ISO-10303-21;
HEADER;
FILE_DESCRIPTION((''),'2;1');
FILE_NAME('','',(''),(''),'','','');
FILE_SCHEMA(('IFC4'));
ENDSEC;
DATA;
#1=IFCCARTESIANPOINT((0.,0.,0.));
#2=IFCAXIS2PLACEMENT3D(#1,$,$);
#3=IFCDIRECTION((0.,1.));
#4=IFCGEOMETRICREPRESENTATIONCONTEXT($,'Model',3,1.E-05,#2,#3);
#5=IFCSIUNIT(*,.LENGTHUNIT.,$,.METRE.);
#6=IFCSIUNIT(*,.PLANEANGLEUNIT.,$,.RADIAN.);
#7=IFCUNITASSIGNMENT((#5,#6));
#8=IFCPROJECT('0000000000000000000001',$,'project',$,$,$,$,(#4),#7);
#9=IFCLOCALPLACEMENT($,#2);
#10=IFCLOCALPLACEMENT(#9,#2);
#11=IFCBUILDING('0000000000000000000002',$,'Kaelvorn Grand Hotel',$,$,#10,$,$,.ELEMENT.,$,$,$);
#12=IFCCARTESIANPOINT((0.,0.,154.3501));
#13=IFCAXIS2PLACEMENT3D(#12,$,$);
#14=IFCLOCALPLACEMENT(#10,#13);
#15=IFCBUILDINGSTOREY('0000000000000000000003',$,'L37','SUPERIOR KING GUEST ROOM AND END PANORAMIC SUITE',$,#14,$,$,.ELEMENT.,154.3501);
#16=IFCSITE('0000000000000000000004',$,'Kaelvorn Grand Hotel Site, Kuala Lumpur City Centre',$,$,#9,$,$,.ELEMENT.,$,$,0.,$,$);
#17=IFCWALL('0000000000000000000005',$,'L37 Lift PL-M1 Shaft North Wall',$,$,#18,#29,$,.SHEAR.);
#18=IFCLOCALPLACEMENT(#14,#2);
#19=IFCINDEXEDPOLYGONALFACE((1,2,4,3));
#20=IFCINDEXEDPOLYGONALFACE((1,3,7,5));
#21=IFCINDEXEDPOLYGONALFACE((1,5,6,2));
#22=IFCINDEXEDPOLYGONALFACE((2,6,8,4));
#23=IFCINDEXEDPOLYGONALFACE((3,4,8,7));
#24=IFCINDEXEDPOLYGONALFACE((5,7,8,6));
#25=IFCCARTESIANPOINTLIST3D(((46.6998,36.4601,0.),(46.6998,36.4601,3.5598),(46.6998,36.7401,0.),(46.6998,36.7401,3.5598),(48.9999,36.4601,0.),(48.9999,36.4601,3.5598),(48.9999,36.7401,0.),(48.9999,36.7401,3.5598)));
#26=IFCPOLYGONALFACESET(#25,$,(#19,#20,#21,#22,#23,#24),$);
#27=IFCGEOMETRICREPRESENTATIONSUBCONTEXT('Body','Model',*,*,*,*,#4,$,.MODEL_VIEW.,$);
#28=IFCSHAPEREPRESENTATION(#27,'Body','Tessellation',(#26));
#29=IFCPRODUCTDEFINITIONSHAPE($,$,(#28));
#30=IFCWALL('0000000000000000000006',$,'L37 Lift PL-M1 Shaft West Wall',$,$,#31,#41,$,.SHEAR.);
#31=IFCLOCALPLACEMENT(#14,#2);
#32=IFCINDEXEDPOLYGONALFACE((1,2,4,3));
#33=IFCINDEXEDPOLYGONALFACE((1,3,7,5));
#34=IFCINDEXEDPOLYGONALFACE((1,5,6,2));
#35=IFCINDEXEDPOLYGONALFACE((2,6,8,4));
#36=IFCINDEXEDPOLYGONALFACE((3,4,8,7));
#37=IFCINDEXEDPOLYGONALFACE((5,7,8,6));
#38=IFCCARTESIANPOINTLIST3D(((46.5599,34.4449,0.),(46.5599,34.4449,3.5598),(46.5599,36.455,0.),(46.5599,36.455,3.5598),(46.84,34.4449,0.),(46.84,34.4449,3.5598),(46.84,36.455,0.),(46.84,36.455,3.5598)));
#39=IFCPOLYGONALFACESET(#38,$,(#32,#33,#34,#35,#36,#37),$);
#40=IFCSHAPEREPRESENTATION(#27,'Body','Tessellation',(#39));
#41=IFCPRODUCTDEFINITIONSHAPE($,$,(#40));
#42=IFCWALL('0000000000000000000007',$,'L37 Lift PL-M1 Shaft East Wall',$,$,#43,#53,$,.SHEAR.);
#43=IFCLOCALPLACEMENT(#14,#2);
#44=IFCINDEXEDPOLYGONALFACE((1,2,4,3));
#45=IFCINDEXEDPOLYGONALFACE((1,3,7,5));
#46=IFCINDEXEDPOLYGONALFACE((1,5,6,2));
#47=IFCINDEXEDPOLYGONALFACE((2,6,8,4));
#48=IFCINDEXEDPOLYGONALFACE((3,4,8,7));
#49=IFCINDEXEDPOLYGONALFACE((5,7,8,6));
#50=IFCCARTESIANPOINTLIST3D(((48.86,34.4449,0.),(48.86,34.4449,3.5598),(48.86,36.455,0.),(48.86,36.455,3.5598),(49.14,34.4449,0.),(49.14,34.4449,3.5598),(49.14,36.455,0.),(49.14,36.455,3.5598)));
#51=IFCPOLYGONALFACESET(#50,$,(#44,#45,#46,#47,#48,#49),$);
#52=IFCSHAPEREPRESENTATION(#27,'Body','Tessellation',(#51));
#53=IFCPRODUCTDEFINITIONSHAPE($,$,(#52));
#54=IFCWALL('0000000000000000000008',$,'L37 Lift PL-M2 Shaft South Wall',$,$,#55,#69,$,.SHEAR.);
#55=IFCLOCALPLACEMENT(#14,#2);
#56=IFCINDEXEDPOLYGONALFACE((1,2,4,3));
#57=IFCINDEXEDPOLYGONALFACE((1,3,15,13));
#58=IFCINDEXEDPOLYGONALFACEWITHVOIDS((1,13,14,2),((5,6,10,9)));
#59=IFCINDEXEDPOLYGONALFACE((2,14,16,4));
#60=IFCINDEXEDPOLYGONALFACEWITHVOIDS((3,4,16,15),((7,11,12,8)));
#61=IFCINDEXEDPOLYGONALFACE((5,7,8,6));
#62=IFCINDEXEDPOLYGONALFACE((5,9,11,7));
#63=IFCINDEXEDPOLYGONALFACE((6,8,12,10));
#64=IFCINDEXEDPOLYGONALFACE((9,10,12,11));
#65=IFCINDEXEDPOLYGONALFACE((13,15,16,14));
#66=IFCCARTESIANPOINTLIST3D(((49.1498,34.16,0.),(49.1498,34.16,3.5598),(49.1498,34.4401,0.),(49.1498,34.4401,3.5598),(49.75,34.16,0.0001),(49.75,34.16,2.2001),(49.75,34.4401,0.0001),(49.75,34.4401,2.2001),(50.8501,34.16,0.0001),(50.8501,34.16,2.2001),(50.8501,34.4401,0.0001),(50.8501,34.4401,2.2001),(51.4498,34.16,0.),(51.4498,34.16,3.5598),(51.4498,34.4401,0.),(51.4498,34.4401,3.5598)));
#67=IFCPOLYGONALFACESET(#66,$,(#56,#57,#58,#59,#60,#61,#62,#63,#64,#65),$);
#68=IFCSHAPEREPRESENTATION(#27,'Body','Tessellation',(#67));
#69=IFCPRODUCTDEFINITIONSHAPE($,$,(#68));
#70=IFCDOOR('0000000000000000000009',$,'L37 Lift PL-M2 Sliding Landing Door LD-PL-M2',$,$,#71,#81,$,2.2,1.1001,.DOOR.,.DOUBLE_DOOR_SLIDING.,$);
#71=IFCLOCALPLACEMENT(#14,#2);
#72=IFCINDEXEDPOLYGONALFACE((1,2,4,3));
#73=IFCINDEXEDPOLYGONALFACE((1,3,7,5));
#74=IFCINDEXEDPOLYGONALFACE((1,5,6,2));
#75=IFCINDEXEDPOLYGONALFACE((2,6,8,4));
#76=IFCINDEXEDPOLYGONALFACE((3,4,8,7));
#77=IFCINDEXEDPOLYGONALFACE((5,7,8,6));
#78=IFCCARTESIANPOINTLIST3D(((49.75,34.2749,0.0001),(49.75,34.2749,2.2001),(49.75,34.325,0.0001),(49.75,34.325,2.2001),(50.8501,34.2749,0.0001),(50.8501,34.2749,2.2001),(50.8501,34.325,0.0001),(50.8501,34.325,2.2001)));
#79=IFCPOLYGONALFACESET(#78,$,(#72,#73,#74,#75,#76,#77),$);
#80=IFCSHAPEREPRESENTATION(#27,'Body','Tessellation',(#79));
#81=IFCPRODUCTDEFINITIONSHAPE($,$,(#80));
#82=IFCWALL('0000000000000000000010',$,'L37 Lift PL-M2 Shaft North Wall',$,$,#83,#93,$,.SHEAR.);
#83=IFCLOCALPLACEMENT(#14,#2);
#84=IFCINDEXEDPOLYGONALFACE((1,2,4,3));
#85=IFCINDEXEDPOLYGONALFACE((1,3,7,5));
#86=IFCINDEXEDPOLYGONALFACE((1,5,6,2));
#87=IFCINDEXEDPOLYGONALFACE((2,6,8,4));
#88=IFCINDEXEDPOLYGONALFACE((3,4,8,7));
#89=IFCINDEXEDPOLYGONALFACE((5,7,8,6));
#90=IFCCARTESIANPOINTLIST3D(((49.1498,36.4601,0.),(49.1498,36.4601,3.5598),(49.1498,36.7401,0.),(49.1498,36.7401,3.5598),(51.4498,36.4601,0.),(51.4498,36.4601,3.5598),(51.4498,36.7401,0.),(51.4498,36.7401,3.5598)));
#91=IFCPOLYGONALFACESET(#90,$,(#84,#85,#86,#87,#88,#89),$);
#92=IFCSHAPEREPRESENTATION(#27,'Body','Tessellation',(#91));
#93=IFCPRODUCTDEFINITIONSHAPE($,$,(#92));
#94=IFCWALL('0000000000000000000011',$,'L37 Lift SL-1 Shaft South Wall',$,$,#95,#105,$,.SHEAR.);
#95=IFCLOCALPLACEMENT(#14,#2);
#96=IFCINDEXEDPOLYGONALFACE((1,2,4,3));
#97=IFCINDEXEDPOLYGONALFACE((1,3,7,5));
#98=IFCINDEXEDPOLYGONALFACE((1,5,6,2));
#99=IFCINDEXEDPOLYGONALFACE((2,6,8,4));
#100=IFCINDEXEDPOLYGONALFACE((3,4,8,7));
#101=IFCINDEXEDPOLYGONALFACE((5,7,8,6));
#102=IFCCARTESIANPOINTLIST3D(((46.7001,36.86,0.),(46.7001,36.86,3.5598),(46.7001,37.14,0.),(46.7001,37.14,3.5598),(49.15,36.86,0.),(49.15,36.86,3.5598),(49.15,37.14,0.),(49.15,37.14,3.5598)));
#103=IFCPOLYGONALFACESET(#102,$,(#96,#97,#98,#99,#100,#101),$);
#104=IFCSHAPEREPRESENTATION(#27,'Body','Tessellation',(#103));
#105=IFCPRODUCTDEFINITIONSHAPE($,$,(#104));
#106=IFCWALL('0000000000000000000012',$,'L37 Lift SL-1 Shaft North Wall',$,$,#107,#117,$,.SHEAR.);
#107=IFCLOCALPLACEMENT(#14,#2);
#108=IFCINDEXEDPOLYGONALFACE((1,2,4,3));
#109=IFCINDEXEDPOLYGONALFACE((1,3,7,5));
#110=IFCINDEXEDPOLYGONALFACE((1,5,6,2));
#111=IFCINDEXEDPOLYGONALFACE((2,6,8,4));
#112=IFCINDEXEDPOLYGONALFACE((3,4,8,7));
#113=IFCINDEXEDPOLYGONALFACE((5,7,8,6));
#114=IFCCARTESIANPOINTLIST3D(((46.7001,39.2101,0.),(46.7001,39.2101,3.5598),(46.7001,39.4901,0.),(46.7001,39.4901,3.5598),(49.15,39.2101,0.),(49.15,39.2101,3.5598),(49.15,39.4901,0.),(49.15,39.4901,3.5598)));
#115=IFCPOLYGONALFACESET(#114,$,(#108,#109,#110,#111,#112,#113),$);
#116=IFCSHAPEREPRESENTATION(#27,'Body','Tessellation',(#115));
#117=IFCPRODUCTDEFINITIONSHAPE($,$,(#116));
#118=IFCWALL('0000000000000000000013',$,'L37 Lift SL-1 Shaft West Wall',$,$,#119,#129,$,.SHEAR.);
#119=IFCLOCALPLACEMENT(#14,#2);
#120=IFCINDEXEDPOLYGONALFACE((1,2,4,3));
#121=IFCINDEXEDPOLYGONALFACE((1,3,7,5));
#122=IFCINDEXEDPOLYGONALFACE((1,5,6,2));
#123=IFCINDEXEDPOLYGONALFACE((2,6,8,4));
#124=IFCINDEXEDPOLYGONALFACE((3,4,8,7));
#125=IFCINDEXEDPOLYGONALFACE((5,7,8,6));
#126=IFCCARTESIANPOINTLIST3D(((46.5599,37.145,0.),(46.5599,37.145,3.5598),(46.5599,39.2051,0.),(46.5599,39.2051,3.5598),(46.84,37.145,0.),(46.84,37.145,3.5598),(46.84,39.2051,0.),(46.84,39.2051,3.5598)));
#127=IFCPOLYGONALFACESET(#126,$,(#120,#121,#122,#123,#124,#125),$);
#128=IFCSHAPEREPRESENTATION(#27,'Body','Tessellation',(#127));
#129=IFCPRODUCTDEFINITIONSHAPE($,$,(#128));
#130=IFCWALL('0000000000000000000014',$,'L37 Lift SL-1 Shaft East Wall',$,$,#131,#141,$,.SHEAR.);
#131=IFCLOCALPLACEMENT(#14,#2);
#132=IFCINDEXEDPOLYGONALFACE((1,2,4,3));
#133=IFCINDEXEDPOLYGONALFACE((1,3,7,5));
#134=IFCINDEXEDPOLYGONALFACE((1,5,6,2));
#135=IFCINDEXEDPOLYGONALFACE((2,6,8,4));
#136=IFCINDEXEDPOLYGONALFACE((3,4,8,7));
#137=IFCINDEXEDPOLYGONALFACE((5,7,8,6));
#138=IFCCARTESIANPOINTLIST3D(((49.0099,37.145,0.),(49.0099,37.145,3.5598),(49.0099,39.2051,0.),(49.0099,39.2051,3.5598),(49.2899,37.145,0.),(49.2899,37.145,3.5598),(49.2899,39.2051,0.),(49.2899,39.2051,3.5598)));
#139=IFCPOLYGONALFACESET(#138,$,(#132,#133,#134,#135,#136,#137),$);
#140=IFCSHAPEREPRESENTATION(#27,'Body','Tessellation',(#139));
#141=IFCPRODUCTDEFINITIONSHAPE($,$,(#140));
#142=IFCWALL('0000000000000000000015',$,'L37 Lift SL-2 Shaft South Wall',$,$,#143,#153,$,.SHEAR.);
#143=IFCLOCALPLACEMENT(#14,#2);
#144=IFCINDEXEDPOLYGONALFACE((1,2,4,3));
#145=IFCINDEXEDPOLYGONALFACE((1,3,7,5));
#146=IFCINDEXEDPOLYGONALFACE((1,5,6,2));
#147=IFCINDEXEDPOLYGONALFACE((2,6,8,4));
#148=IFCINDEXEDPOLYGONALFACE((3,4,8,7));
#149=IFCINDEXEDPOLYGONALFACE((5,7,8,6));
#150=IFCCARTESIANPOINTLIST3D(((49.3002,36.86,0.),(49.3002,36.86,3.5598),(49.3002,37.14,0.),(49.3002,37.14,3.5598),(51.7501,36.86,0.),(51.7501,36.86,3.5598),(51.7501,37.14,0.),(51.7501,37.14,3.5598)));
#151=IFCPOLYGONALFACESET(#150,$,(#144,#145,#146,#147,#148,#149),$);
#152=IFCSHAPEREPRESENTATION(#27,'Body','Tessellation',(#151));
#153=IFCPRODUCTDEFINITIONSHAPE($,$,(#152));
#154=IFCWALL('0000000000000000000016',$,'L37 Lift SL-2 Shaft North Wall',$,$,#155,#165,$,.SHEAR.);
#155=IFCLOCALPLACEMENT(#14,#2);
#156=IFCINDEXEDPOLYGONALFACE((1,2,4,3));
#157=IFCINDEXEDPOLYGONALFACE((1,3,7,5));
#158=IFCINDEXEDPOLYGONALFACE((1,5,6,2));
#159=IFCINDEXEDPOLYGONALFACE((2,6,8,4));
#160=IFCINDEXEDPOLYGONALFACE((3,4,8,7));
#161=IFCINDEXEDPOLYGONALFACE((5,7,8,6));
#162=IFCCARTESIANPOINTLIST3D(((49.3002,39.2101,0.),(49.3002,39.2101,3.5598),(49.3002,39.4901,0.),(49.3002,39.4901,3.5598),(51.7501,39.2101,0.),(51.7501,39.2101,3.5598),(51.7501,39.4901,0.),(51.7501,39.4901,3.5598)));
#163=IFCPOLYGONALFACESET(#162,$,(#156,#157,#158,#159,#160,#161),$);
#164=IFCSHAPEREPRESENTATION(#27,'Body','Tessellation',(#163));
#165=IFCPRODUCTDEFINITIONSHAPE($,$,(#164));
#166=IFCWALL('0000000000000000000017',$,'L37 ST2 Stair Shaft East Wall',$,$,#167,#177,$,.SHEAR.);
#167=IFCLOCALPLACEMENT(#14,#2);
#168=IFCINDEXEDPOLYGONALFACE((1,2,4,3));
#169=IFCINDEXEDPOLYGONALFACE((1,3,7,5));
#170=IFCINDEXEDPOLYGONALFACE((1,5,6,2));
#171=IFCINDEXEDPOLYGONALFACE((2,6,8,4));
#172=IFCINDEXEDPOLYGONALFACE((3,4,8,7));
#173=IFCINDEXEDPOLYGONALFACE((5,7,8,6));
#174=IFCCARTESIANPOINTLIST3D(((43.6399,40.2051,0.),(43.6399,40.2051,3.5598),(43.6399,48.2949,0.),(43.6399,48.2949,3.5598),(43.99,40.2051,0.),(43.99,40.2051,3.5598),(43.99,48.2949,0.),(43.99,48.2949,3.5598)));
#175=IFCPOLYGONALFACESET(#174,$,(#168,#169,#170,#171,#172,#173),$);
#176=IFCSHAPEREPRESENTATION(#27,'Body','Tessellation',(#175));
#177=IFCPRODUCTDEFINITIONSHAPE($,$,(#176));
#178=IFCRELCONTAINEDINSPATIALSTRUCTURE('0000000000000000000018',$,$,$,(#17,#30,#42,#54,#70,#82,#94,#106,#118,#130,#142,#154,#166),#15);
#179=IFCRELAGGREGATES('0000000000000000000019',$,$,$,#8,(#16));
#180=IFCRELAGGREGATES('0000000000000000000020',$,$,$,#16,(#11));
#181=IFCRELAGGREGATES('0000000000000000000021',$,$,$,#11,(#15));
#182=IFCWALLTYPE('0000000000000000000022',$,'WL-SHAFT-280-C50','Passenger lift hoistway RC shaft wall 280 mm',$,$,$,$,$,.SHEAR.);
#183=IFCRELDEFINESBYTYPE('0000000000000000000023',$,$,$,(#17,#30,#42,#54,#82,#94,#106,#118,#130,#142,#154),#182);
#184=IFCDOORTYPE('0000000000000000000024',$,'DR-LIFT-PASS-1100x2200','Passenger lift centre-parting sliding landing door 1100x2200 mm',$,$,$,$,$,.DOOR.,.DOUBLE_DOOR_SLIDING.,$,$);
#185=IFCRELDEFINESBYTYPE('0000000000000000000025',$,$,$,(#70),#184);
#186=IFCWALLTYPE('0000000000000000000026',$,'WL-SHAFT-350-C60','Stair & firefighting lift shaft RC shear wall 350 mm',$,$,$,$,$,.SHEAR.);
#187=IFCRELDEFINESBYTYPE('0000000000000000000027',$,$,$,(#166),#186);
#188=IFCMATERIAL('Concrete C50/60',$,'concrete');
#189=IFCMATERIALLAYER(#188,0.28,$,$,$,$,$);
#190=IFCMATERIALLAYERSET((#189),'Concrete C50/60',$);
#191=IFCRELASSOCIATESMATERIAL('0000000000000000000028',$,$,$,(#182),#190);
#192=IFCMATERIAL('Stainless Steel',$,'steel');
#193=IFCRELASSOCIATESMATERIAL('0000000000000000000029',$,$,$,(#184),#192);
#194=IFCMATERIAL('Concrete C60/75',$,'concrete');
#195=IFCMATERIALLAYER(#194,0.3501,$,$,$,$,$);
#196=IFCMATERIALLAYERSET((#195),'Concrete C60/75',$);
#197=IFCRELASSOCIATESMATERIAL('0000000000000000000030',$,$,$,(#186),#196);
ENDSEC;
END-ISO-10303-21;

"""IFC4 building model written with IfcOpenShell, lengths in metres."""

from ifc_helpers import new_model, si_unit, direction, frame, frame_2d, origin, place, context, subcontext, project, spatial, rectangle, extrude, material, layer, layer_set, type_object, element, fill, save


model = new_model("IFC4")

# Units and contexts
model_context = context("Model", 3, precision=1e-05, world=origin(), true_north=direction((0.0, 1.0)))
body_context = subcontext(model_context, "Body", "Model", "MODEL_VIEW")
ifc_project = project(units=[si_unit("LENGTHUNIT", "METRE"), si_unit("PLANEANGLEUNIT", "RADIAN")], contexts=[model_context])

# Site, building, storey
site_placement = place(None, origin())
site = spatial("IfcSite", under=ifc_project, at=site_placement, Name="Kaelvorn Grand Hotel Site, Kuala Lumpur City Centre", CompositionType="ELEMENT", RefElevation=0.0)
building_placement = place(site_placement, origin())
building = spatial("IfcBuilding", under=site, at=building_placement, Name="Kaelvorn Grand Hotel", CompositionType="ELEMENT")
storey_placement = place(building_placement, frame((0.0, 0.0, 154.3501)))
storey = spatial("IfcBuildingStorey", under=building, at=storey_placement, Name="L37", Description="SUPERIOR KING GUEST ROOM AND END PANORAMIC SUITE", CompositionType="ELEMENT", Elevation=154.3501)

# Shared definitions
ifc_material_1 = material(Name="Concrete C60/75", Category="concrete")

# Shared definitions
ifc_material_2 = material(Name="Concrete C50/60", Category="concrete")

# Shared definitions
ifc_layer_1 = layer(ifc_material_2, 0.28)
ifc_layer_set_1 = layer_set([ifc_layer_1], Name="Concrete C50/60")
wall_type_1 = type_object("IfcWallType", Name="WL-SHAFT-280-C50", Description="Passenger lift hoistway RC shaft wall 280 mm", PredefinedType="SHEAR", material=ifc_layer_set_1)
ifc_material_3 = material(Name="Stainless Steel", Category="steel")
door_type_1 = type_object("IfcDoorType", Name="DR-LIFT-PASS-1100x2200", Description="Passenger lift centre-parting sliding landing door 1100x2200 mm", OperationType="DOUBLE_DOOR_SLIDING", PredefinedType="DOOR", material=ifc_material_3)

# Walls
wall_1_placement = place(storey_placement, frame((46.7, 36.6001, 0.0), z_axis=(0.0, 0.0, 1.0), x_axis=(1.0, 0.0, 0.0)))
element("IfcWall", 1, at=wall_1_placement, inside=storey, type_object=wall_type_1, Name="L37 Lift PL-M1 Shaft North Wall", PredefinedType="SHEAR", context=body_context, shape_type="SweptSolid", body=[
    extrude(rectangle(XDim=2.3, YDim=0.28, at=frame_2d((1.1499, 0.0))), origin(), (0.0, 0.0, 1.0), 3.5598),
])
for number, where, z_axis, x_axis, name in (
    (2, (46.7, 34.4451, 0.0), (0.0, 0.0, 1.0), (0.0, 1.0, 0.0), "L37 Lift PL-M1 Shaft West Wall"),
    (3, (49.0, 34.4451, 0.0), (0.0, 0.0, 1.0), (0.0, 1.0, 0.0), "L37 Lift PL-M1 Shaft East Wall"),
):
    element("IfcWall", number, at=place(storey_placement, frame(where, z_axis=z_axis, x_axis=x_axis)), inside=storey, type_object=wall_type_1, Name=name, PredefinedType="SHEAR", context=body_context, shape_type="SweptSolid", body=[
        extrude(rectangle(XDim=2.01, YDim=0.28, at=frame_2d((1.0049, 0.0))), origin(), (0.0, 0.0, 1.0), 3.5598),
    ])

# Wall, opening, door
wall_2_placement = place(storey_placement, frame((49.1499, 34.3, 0.0), z_axis=(0.0, 0.0, 1.0), x_axis=(1.0, 0.0, 0.0)))
wall_2 = element("IfcWall", 4, at=wall_2_placement, inside=storey, type_object=wall_type_1, Name="L37 Lift PL-M2 Shaft South Wall", PredefinedType="SHEAR", context=body_context, shape_type="SweptSolid", body=[
    extrude(rectangle(XDim=2.3, YDim=0.28, at=frame_2d((1.1499, 0.0))), origin(), (0.0, 0.0, 1.0), 3.5598),
])
opening_1_placement = place(wall_2_placement, frame((0.6001, 0.0, 0.0)))
opening_1 = element("IfcOpeningElement", 5, at=opening_1_placement, cuts=wall_2, PredefinedType="OPENING", context=body_context, shape_type="SweptSolid", body=[
    extrude(rectangle(XDim=1.1001, YDim=2.2, at=frame_2d((0.55, 1.1001))), frame((0.0, 0.1499, 0.0), z_axis=(0.0, -1.0, 0.0), x_axis=(1.0, 0.0, 0.0)), (0.0, 0.0, 1.0), 0.3),
])
door_1_placement = place(opening_1_placement, origin())
door_1 = element("IfcDoor", 6, at=door_1_placement, inside=storey, type_object=door_type_1, Name="L37 Lift PL-M2 Sliding Landing Door LD-PL-M2", OperationType="DOUBLE_DOOR_SLIDING", OverallHeight=2.2, OverallWidth=1.1001, PredefinedType="DOOR", context=body_context, shape_type="SweptSolid", body=[
    extrude(rectangle(XDim=1.1001, YDim=2.2, at=frame_2d((0.55, 1.1001))), frame((0.0, 0.0249, 0.0), z_axis=(0.0, -1.0, 0.0), x_axis=(1.0, 0.0, 0.0)), (0.0, 0.0, 1.0), 0.05),
])
fill(opening_1, door_1)

# Walls
wall_3_placement = place(storey_placement, frame((49.1499, 36.6001, 0.0), z_axis=(0.0, 0.0, 1.0), x_axis=(1.0, 0.0, 0.0)))
element("IfcWall", 7, at=wall_3_placement, inside=storey, type_object=wall_type_1, Name="L37 Lift PL-M2 Shaft North Wall", PredefinedType="SHEAR", context=body_context, shape_type="SweptSolid", body=[
    extrude(rectangle(XDim=2.3, YDim=0.28, at=frame_2d((1.1499, 0.0))), origin(), (0.0, 0.0, 1.0), 3.5598),
])
for number, where, z_axis, x_axis, name in (
    (8, (46.7, 37.0, 0.0), (0.0, 0.0, 1.0), (1.0, 0.0, 0.0), "L37 Lift SL-1 Shaft South Wall"),
    (9, (46.7, 39.3501, 0.0), (0.0, 0.0, 1.0), (1.0, 0.0, 0.0), "L37 Lift SL-1 Shaft North Wall"),
):
    element("IfcWall", number, at=place(storey_placement, frame(where, z_axis=z_axis, x_axis=x_axis)), inside=storey, type_object=wall_type_1, Name=name, PredefinedType="SHEAR", context=body_context, shape_type="SweptSolid", body=[
        extrude(rectangle(XDim=2.45, YDim=0.28, at=frame_2d((1.2251, 0.0))), origin(), (0.0, 0.0, 1.0), 3.5598),
    ])
for number, where, z_axis, x_axis, name in (
    (10, (46.7, 37.145, 0.0), (0.0, 0.0, 1.0), (0.0, 1.0, 0.0), "L37 Lift SL-1 Shaft West Wall"),
    (11, (49.1499, 37.145, 0.0), (0.0, 0.0, 1.0), (0.0, 1.0, 0.0), "L37 Lift SL-1 Shaft East Wall"),
):
    element("IfcWall", number, at=place(storey_placement, frame(where, z_axis=z_axis, x_axis=x_axis)), inside=storey, type_object=wall_type_1, Name=name, PredefinedType="SHEAR", context=body_context, shape_type="SweptSolid", body=[
        extrude(rectangle(XDim=2.0601, YDim=0.28, at=frame_2d((1.03, 0.0))), origin(), (0.0, 0.0, 1.0), 3.5598),
    ])
for number, where, z_axis, x_axis, name in (
    (12, (49.3, 37.0, 0.0), (0.0, 0.0, 1.0), (1.0, 0.0, 0.0), "L37 Lift SL-2 Shaft South Wall"),
    (13, (49.3, 39.3501, 0.0), (0.0, 0.0, 1.0), (1.0, 0.0, 0.0), "L37 Lift SL-2 Shaft North Wall"),
):
    element("IfcWall", number, at=place(storey_placement, frame(where, z_axis=z_axis, x_axis=x_axis)), inside=storey, type_object=wall_type_1, Name=name, PredefinedType="SHEAR", context=body_context, shape_type="SweptSolid", body=[
        extrude(rectangle(XDim=2.45, YDim=0.28, at=frame_2d((1.2251, 0.0))), origin(), (0.0, 0.0, 1.0), 3.5598),
    ])
ifc_layer_2 = layer(ifc_material_1, 0.3501)
ifc_layer_set_2 = layer_set([ifc_layer_2], Name="Concrete C60/75")
wall_type_2 = type_object("IfcWallType", Name="WL-SHAFT-350-C60", Description="Stair & firefighting lift shaft RC shear wall 350 mm", PredefinedType="SHEAR", material=ifc_layer_set_2)
wall_4_placement = place(storey_placement, frame((43.8149, 40.2051, 0.0), z_axis=(0.0, 0.0, 1.0), x_axis=(0.0, 1.0, 0.0)))
element("IfcWall", 14, at=wall_4_placement, inside=storey, type_object=wall_type_2, Name="L37 ST2 Stair Shaft East Wall", PredefinedType="SHEAR", context=body_context, shape_type="SweptSolid", body=[
    extrude(rectangle(XDim=8.0898, YDim=0.3501, at=frame_2d((4.0449, 0.0))), origin(), (0.0, 0.0, 1.0), 3.5598),
])

save(model, "model.ifc")
